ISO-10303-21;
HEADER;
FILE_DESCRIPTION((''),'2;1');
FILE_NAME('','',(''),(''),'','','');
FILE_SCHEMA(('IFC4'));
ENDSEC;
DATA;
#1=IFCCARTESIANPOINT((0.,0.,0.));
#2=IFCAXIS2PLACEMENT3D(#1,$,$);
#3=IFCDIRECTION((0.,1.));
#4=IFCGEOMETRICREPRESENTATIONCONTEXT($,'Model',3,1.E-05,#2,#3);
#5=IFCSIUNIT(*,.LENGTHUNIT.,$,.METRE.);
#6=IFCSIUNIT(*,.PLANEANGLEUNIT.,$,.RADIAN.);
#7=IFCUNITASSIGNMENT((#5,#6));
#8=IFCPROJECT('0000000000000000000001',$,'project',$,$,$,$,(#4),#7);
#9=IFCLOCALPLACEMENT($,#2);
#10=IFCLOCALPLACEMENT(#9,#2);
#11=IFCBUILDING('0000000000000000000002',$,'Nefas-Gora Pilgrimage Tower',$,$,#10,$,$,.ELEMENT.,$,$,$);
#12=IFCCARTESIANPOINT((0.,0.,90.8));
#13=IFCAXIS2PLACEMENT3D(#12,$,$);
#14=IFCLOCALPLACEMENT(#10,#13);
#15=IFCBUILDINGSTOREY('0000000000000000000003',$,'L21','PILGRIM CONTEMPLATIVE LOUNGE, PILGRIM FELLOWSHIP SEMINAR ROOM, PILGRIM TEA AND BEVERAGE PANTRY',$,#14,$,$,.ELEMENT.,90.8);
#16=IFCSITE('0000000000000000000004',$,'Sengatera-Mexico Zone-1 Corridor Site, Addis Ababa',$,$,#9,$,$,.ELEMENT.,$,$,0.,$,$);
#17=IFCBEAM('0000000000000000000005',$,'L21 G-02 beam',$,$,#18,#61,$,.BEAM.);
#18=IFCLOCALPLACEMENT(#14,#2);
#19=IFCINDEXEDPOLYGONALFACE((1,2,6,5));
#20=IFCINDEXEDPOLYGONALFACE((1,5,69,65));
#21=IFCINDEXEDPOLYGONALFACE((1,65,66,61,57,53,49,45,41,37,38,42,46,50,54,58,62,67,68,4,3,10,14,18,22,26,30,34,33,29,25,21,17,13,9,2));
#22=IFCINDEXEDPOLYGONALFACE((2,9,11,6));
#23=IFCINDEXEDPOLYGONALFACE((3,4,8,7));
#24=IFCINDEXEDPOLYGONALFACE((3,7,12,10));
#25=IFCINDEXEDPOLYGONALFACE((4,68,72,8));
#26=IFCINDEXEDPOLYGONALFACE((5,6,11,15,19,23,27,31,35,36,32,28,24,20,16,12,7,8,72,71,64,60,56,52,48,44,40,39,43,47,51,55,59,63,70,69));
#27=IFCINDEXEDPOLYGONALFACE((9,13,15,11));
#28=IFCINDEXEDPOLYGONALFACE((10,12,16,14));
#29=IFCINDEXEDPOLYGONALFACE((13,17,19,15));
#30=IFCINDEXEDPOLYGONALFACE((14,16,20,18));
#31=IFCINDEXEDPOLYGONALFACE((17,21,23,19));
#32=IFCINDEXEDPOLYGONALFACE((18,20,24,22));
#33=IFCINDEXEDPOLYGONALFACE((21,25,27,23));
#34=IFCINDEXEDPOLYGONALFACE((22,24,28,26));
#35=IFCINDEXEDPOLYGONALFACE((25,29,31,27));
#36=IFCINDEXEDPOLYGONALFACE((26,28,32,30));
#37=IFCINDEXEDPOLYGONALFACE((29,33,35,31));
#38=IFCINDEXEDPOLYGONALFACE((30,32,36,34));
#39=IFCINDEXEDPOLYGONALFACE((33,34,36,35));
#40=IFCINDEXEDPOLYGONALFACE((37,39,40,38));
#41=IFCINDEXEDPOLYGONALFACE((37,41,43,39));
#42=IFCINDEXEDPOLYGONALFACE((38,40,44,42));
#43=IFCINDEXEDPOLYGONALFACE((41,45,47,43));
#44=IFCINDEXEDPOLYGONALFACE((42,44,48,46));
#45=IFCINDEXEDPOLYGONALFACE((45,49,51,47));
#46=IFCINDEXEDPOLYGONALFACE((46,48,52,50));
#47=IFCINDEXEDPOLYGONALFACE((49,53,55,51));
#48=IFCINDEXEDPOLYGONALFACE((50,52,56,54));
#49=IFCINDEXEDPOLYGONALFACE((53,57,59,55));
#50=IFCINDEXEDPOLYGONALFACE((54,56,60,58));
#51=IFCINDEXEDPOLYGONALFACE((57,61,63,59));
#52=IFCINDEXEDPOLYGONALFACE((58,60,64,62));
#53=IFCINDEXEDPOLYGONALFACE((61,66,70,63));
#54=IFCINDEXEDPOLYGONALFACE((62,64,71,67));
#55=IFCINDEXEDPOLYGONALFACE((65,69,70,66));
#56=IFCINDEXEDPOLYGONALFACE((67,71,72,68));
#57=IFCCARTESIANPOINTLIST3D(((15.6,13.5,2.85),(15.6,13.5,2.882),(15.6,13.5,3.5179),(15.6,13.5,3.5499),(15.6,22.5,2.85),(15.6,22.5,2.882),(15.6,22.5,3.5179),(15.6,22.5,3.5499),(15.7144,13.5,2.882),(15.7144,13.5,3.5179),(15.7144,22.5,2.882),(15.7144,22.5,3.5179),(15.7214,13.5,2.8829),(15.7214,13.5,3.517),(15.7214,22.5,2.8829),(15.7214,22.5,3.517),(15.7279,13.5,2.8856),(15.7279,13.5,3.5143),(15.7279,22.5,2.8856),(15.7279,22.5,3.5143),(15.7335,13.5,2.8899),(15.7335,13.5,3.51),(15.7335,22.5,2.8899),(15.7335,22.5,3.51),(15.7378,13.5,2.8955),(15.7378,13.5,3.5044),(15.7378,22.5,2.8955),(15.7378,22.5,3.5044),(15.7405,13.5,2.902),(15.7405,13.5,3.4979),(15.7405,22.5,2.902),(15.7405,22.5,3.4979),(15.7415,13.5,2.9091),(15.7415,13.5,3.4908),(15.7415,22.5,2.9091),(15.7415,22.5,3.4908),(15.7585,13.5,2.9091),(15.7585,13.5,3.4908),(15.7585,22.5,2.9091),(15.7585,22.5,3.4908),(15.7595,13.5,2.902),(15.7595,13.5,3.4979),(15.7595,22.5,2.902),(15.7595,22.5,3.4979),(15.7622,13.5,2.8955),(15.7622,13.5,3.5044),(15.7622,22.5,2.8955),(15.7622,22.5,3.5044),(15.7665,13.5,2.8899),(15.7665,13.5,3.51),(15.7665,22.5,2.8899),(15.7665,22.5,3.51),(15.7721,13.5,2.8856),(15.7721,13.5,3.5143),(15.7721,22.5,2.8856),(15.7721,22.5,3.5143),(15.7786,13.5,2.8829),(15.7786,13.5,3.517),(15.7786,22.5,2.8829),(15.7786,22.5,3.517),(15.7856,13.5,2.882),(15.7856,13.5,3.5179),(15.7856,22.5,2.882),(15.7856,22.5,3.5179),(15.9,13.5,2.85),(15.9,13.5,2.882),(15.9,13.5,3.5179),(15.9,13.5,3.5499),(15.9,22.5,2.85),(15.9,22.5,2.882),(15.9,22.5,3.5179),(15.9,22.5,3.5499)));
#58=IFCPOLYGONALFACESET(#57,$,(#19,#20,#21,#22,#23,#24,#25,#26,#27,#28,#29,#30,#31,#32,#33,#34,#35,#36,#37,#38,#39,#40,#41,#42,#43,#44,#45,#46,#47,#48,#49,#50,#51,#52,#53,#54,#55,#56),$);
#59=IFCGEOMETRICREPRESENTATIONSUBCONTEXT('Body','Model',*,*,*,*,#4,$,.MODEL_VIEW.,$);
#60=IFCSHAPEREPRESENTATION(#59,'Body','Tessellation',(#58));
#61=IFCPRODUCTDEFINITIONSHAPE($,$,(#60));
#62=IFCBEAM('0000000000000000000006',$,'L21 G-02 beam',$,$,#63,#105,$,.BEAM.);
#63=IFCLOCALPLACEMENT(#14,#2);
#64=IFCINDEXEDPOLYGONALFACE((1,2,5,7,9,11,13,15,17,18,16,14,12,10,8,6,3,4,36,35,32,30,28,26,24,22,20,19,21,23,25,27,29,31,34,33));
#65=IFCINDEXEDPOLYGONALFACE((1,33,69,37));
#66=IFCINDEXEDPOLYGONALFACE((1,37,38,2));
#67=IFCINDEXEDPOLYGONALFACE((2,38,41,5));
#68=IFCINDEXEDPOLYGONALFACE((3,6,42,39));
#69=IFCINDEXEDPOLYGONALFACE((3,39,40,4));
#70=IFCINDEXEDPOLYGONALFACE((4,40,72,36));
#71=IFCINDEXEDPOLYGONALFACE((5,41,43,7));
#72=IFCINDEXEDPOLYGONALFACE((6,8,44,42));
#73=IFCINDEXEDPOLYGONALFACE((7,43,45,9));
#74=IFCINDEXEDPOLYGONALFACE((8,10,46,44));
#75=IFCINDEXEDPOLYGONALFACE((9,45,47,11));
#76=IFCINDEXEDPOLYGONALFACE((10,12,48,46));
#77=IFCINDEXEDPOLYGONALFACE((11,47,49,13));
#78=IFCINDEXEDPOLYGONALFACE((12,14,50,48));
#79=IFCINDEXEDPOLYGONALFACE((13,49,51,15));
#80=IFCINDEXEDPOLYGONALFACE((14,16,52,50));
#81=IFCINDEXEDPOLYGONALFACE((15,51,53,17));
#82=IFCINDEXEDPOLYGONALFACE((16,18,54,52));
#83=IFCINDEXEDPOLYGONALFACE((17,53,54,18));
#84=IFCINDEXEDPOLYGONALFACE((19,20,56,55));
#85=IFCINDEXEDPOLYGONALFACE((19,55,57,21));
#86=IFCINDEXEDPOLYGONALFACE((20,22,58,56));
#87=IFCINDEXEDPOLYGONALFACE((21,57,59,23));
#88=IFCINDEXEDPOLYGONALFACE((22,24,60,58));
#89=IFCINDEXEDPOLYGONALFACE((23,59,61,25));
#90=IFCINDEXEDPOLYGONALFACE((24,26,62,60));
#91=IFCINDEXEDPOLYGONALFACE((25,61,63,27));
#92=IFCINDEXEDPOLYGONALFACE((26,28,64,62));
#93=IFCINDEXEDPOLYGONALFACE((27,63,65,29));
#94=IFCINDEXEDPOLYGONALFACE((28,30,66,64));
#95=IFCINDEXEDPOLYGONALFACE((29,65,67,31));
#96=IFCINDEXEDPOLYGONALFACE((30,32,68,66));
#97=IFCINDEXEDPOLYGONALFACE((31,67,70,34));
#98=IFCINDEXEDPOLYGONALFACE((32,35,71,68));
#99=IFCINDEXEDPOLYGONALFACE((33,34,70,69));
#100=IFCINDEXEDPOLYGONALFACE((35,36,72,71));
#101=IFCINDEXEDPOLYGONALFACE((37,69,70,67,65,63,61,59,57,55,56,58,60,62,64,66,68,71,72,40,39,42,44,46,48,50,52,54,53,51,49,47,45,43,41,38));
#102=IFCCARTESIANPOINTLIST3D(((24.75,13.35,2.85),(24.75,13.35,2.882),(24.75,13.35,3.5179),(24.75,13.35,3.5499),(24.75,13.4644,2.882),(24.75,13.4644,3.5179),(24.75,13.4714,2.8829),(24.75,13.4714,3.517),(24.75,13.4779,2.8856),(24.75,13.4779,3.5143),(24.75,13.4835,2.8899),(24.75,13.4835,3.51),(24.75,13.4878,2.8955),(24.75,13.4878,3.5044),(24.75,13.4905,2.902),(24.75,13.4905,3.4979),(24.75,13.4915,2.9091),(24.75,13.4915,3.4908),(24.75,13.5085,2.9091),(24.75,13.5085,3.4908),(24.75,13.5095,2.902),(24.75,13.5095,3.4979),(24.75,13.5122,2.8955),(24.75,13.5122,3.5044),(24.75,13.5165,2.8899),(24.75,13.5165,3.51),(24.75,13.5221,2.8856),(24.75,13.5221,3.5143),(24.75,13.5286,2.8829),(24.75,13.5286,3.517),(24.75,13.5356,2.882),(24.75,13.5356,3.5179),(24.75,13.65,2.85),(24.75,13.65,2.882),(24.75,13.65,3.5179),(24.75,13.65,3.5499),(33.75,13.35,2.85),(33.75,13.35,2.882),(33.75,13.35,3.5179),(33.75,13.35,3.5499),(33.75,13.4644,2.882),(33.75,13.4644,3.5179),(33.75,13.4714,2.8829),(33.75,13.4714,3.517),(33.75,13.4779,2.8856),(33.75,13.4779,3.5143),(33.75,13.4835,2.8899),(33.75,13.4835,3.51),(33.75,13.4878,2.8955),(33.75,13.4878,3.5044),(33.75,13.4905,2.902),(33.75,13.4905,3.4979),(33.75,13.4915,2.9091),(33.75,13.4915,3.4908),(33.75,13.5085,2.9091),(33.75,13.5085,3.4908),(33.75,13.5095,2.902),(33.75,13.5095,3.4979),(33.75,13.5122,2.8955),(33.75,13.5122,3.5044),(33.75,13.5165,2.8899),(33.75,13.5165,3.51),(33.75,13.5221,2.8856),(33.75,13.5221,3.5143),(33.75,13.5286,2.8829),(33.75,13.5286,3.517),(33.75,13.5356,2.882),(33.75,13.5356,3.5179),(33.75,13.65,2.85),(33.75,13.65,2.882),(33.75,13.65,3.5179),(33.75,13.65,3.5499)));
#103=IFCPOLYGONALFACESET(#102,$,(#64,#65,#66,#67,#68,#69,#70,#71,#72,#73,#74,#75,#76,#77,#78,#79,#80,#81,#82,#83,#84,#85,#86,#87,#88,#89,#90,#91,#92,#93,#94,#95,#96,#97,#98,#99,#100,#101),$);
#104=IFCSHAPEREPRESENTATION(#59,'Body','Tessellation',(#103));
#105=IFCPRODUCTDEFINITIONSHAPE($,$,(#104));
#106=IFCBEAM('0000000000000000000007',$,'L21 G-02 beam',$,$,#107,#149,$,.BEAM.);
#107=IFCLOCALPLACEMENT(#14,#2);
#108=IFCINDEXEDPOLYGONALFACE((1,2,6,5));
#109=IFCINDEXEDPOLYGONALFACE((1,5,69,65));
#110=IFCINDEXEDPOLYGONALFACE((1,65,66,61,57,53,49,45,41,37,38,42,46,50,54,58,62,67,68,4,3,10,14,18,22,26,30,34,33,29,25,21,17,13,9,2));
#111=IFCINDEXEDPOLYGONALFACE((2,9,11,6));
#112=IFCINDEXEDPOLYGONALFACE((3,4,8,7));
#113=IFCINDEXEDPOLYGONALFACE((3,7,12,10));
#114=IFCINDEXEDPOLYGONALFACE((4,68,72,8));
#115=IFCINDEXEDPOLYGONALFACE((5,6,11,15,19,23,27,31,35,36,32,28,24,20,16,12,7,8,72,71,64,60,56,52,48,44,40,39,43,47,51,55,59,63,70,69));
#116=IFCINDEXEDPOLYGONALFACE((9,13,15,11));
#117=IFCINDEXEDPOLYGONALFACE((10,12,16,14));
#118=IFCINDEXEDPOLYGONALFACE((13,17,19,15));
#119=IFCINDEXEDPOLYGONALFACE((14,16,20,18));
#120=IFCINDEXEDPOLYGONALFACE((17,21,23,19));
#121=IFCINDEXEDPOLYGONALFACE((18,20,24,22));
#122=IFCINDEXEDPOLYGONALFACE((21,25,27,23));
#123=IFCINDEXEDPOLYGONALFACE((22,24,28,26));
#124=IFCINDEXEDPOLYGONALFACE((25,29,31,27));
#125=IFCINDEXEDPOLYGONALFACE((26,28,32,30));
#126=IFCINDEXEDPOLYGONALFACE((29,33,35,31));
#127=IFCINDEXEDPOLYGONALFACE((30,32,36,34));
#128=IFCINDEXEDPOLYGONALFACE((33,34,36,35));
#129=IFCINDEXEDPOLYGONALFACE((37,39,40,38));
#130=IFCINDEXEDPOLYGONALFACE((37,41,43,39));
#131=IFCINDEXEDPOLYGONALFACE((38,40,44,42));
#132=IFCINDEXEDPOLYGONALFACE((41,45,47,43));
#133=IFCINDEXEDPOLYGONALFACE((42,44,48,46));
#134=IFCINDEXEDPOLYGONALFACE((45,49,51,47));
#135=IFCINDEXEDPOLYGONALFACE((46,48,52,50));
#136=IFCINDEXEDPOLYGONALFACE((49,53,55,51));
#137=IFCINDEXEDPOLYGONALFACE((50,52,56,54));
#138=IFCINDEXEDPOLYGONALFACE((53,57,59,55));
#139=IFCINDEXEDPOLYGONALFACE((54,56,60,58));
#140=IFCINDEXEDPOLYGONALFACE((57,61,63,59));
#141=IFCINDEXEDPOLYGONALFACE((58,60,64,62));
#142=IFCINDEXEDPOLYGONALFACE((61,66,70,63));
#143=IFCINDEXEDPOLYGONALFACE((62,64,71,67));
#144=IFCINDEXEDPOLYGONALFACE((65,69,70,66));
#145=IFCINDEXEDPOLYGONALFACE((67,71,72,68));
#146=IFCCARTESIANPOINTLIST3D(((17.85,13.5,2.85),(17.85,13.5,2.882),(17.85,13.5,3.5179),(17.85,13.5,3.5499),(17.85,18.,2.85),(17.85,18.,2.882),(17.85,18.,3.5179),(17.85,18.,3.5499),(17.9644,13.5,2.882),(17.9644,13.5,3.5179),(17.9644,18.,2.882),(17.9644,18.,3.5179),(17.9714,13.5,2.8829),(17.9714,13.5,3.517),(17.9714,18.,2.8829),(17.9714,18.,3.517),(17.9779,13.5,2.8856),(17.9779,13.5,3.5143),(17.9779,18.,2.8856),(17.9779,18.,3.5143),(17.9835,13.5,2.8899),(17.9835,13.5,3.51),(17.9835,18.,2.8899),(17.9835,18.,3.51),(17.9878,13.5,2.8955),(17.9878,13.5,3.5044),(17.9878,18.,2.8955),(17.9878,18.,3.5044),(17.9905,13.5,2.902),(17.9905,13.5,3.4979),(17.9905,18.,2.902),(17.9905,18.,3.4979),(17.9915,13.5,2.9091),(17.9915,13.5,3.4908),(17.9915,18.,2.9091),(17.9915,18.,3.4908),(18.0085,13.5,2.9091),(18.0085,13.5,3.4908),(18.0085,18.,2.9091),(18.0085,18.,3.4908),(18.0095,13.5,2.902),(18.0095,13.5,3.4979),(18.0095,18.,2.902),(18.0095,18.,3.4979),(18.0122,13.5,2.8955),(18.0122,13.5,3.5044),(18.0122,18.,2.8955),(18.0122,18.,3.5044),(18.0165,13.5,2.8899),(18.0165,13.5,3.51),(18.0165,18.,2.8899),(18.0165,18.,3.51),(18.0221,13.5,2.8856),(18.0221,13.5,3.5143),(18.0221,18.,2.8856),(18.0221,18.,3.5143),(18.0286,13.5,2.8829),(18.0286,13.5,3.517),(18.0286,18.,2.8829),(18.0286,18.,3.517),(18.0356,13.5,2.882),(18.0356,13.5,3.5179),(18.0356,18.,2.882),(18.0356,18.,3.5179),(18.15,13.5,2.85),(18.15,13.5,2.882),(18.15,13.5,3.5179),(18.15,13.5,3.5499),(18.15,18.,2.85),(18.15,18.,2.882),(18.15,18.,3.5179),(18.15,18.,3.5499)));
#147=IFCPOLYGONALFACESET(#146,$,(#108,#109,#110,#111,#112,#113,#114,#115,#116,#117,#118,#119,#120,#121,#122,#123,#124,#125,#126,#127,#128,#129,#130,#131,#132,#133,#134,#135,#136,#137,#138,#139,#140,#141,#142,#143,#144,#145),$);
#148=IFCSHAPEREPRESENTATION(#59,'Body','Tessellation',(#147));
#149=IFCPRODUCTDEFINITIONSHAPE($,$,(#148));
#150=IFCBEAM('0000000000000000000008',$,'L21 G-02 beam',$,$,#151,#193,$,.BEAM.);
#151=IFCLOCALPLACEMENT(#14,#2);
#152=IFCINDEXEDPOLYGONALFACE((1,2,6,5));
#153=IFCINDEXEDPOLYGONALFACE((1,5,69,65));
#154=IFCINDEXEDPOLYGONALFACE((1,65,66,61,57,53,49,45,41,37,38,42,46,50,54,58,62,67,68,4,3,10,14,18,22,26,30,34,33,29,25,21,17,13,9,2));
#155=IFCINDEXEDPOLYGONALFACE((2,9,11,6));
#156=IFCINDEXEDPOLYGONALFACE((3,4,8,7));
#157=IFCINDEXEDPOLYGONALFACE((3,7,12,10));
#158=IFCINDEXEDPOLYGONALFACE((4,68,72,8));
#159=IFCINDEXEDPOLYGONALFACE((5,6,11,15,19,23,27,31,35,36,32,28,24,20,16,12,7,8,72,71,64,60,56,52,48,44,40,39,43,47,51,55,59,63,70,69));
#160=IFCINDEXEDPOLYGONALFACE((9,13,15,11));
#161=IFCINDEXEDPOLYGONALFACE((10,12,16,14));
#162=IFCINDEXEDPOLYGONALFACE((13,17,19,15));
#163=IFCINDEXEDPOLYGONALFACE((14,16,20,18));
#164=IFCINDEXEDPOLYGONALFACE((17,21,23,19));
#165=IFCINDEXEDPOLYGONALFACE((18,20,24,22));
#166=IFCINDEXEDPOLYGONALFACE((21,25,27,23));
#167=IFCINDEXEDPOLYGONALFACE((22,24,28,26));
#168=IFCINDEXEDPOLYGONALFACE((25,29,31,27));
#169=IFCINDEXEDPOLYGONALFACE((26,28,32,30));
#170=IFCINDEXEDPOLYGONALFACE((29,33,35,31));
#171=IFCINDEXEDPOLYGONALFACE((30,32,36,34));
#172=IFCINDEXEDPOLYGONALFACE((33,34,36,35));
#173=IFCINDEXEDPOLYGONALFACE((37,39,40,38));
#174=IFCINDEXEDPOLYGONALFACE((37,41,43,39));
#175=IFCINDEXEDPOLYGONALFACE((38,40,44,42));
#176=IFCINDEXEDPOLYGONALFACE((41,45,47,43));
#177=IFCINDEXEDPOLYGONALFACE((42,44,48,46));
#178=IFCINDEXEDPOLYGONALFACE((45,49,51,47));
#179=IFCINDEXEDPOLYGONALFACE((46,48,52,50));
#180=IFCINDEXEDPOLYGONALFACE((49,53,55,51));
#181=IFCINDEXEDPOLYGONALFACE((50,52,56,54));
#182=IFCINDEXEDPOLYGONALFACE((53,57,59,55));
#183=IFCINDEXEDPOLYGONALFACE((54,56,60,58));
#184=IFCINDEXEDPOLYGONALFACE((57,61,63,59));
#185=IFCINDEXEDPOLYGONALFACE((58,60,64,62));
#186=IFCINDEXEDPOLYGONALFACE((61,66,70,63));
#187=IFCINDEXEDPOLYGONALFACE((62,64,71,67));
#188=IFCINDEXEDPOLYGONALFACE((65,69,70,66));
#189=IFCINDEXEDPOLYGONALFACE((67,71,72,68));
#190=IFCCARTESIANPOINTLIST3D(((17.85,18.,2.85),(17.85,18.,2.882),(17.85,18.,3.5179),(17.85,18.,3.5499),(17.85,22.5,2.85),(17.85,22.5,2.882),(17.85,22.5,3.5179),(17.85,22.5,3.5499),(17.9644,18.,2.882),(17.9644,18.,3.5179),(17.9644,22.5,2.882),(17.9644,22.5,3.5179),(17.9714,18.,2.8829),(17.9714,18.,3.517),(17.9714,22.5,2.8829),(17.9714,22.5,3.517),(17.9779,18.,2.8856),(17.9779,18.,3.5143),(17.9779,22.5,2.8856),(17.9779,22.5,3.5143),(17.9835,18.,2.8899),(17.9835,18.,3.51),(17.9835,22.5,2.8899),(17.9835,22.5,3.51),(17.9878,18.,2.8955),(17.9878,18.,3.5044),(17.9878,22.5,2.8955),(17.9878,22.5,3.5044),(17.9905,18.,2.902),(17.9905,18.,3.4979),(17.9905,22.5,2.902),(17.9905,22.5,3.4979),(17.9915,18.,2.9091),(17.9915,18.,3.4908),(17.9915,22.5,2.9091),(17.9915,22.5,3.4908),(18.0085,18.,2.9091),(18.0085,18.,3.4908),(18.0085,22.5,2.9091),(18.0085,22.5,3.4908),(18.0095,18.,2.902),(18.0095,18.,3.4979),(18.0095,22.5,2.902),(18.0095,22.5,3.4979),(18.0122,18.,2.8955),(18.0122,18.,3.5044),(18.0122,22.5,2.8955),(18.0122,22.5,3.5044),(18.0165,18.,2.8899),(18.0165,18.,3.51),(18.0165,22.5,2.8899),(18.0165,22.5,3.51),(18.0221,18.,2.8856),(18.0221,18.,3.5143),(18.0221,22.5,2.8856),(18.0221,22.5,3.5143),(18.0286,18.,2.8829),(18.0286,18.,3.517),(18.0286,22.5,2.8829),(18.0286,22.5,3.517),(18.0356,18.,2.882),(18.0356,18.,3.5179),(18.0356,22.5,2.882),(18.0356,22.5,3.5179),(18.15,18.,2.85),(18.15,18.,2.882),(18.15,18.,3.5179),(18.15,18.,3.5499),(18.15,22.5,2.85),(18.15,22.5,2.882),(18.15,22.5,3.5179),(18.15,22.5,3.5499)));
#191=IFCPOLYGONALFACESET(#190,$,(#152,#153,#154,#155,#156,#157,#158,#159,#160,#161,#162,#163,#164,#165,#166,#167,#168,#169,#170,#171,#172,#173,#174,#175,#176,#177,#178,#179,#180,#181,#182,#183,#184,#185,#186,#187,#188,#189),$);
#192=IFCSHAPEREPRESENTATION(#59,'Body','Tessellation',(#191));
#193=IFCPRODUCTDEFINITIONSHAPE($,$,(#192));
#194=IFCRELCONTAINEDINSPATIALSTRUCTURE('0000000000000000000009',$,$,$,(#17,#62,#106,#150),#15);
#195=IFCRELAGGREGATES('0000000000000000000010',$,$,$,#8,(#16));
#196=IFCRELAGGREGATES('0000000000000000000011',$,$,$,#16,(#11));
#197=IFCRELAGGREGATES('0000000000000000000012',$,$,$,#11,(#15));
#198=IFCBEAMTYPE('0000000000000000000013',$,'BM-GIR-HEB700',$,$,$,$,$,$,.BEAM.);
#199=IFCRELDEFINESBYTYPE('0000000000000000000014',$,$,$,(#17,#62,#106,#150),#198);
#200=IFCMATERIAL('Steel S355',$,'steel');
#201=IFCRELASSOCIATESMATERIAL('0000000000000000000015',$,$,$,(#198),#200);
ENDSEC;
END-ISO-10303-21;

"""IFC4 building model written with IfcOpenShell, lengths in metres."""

from ifc_helpers import new_model, si_unit, direction, frame, origin, origin_2d, place, context, subcontext, project, spatial, i_section, extrude, source, transform, mapped, material, material_profile, profile_set, type_object, element, save


model = new_model("IFC4")

# Units and contexts
model_context = context("Model", 3, precision=1e-05, world=origin(), true_north=direction((0.0, 1.0)))
body_context = subcontext(model_context, "Body", "Model", "MODEL_VIEW")
ifc_project = project(units=[si_unit("LENGTHUNIT", "METRE"), si_unit("PLANEANGLEUNIT", "RADIAN")], contexts=[model_context])

# Site, building, storey
site_placement = place(None, origin())
site = spatial("IfcSite", under=ifc_project, at=site_placement, Name="Sengatera-Mexico Zone-1 Corridor Site, Addis Ababa", CompositionType="ELEMENT", RefElevation=0.0)
building_placement = place(site_placement, origin())
building = spatial("IfcBuilding", under=site, at=building_placement, Name="Nefas-Gora Pilgrimage Tower", CompositionType="ELEMENT")
storey_placement = place(building_placement, frame((0.0, 0.0, 90.8)))
storey = spatial("IfcBuildingStorey", under=building, at=storey_placement, Name="L21", Description="PILGRIM CONTEMPLATIVE LOUNGE, PILGRIM FELLOWSHIP SEMINAR ROOM, PILGRIM TEA AND BEVERAGE PANTRY", CompositionType="ELEMENT", Elevation=90.8)

# Beams
ifc_material_1 = material(Name="Steel S355", Category="steel")
ifc_material_profile_1 = material_profile(ifc_material_1, i_section(OverallWidth=0.3, OverallDepth=0.7, WebThickness=0.0171, FlangeThickness=0.032, FilletRadius=0.0271, at=origin_2d()), Name="HEB 700")
ifc_profile_set_1 = profile_set([ifc_material_profile_1], Name="Steel S355")
beam_type_1 = type_object("IfcBeamType", Name="BM-GIR-HEB700", PredefinedType="BEAM", material=ifc_profile_set_1)
shared_shape_1 = source(origin(), body_context, "Body", "SweptSolid", [
    extrude(i_section(OverallWidth=0.3, OverallDepth=0.7, WebThickness=0.0171, FlangeThickness=0.032, FilletRadius=0.0271, at=origin_2d()), origin(), (0.0, 0.0, 1.0), 9.0),
])
for number, where, z_axis, x_axis, name in (
    (1, (15.75, 13.5, 3.2), (0.0, 1.0, 0.0), (-1.0, 0.0, 0.0), "L21 G-02 beam"),
    (2, (24.75, 13.5, 3.2), (1.0, 0.0, 0.0), (0.0, 1.0, 0.0), "L21 G-02 beam"),
):
    element("IfcBeam", number, at=place(storey_placement, frame(where, z_axis=z_axis, x_axis=x_axis)), inside=storey, type_object=beam_type_1, Name=name, PredefinedType="BEAM", context=body_context, shape_type="MappedRepresentation", body=[
        mapped(shared_shape_1, transform((0.0, 0.0, 0.0), x_axis=(1.0, 0.0, 0.0), y_axis=(0.0, 1.0, 0.0), z_axis=(0.0, 0.0, 1.0), scale=1.0)),
    ])
shared_shape_2 = source(origin(), body_context, "Body", "SweptSolid", [
    extrude(i_section(OverallWidth=0.3, OverallDepth=0.7, WebThickness=0.0171, FlangeThickness=0.032, FilletRadius=0.0271, at=origin_2d()), origin(), (0.0, 0.0, 1.0), 4.5),
])
for number, where, z_axis, x_axis, name in (
    (3, (18.0, 13.5, 3.2), (0.0, 1.0, 0.0), (-1.0, 0.0, 0.0), "L21 G-02 beam"),
    (4, (18.0, 18.0, 3.2), (0.0, 1.0, 0.0), (-1.0, 0.0, 0.0), "L21 G-02 beam"),
):
    element("IfcBeam", number, at=place(storey_placement, frame(where, z_axis=z_axis, x_axis=x_axis)), inside=storey, type_object=beam_type_1, Name=name, PredefinedType="BEAM", context=body_context, shape_type="MappedRepresentation", body=[
        mapped(shared_shape_2, transform((0.0, 0.0, 0.0), x_axis=(1.0, 0.0, 0.0), y_axis=(0.0, 1.0, 0.0), z_axis=(0.0, 0.0, 1.0), scale=1.0)),
    ])

save(model, "model.ifc")
